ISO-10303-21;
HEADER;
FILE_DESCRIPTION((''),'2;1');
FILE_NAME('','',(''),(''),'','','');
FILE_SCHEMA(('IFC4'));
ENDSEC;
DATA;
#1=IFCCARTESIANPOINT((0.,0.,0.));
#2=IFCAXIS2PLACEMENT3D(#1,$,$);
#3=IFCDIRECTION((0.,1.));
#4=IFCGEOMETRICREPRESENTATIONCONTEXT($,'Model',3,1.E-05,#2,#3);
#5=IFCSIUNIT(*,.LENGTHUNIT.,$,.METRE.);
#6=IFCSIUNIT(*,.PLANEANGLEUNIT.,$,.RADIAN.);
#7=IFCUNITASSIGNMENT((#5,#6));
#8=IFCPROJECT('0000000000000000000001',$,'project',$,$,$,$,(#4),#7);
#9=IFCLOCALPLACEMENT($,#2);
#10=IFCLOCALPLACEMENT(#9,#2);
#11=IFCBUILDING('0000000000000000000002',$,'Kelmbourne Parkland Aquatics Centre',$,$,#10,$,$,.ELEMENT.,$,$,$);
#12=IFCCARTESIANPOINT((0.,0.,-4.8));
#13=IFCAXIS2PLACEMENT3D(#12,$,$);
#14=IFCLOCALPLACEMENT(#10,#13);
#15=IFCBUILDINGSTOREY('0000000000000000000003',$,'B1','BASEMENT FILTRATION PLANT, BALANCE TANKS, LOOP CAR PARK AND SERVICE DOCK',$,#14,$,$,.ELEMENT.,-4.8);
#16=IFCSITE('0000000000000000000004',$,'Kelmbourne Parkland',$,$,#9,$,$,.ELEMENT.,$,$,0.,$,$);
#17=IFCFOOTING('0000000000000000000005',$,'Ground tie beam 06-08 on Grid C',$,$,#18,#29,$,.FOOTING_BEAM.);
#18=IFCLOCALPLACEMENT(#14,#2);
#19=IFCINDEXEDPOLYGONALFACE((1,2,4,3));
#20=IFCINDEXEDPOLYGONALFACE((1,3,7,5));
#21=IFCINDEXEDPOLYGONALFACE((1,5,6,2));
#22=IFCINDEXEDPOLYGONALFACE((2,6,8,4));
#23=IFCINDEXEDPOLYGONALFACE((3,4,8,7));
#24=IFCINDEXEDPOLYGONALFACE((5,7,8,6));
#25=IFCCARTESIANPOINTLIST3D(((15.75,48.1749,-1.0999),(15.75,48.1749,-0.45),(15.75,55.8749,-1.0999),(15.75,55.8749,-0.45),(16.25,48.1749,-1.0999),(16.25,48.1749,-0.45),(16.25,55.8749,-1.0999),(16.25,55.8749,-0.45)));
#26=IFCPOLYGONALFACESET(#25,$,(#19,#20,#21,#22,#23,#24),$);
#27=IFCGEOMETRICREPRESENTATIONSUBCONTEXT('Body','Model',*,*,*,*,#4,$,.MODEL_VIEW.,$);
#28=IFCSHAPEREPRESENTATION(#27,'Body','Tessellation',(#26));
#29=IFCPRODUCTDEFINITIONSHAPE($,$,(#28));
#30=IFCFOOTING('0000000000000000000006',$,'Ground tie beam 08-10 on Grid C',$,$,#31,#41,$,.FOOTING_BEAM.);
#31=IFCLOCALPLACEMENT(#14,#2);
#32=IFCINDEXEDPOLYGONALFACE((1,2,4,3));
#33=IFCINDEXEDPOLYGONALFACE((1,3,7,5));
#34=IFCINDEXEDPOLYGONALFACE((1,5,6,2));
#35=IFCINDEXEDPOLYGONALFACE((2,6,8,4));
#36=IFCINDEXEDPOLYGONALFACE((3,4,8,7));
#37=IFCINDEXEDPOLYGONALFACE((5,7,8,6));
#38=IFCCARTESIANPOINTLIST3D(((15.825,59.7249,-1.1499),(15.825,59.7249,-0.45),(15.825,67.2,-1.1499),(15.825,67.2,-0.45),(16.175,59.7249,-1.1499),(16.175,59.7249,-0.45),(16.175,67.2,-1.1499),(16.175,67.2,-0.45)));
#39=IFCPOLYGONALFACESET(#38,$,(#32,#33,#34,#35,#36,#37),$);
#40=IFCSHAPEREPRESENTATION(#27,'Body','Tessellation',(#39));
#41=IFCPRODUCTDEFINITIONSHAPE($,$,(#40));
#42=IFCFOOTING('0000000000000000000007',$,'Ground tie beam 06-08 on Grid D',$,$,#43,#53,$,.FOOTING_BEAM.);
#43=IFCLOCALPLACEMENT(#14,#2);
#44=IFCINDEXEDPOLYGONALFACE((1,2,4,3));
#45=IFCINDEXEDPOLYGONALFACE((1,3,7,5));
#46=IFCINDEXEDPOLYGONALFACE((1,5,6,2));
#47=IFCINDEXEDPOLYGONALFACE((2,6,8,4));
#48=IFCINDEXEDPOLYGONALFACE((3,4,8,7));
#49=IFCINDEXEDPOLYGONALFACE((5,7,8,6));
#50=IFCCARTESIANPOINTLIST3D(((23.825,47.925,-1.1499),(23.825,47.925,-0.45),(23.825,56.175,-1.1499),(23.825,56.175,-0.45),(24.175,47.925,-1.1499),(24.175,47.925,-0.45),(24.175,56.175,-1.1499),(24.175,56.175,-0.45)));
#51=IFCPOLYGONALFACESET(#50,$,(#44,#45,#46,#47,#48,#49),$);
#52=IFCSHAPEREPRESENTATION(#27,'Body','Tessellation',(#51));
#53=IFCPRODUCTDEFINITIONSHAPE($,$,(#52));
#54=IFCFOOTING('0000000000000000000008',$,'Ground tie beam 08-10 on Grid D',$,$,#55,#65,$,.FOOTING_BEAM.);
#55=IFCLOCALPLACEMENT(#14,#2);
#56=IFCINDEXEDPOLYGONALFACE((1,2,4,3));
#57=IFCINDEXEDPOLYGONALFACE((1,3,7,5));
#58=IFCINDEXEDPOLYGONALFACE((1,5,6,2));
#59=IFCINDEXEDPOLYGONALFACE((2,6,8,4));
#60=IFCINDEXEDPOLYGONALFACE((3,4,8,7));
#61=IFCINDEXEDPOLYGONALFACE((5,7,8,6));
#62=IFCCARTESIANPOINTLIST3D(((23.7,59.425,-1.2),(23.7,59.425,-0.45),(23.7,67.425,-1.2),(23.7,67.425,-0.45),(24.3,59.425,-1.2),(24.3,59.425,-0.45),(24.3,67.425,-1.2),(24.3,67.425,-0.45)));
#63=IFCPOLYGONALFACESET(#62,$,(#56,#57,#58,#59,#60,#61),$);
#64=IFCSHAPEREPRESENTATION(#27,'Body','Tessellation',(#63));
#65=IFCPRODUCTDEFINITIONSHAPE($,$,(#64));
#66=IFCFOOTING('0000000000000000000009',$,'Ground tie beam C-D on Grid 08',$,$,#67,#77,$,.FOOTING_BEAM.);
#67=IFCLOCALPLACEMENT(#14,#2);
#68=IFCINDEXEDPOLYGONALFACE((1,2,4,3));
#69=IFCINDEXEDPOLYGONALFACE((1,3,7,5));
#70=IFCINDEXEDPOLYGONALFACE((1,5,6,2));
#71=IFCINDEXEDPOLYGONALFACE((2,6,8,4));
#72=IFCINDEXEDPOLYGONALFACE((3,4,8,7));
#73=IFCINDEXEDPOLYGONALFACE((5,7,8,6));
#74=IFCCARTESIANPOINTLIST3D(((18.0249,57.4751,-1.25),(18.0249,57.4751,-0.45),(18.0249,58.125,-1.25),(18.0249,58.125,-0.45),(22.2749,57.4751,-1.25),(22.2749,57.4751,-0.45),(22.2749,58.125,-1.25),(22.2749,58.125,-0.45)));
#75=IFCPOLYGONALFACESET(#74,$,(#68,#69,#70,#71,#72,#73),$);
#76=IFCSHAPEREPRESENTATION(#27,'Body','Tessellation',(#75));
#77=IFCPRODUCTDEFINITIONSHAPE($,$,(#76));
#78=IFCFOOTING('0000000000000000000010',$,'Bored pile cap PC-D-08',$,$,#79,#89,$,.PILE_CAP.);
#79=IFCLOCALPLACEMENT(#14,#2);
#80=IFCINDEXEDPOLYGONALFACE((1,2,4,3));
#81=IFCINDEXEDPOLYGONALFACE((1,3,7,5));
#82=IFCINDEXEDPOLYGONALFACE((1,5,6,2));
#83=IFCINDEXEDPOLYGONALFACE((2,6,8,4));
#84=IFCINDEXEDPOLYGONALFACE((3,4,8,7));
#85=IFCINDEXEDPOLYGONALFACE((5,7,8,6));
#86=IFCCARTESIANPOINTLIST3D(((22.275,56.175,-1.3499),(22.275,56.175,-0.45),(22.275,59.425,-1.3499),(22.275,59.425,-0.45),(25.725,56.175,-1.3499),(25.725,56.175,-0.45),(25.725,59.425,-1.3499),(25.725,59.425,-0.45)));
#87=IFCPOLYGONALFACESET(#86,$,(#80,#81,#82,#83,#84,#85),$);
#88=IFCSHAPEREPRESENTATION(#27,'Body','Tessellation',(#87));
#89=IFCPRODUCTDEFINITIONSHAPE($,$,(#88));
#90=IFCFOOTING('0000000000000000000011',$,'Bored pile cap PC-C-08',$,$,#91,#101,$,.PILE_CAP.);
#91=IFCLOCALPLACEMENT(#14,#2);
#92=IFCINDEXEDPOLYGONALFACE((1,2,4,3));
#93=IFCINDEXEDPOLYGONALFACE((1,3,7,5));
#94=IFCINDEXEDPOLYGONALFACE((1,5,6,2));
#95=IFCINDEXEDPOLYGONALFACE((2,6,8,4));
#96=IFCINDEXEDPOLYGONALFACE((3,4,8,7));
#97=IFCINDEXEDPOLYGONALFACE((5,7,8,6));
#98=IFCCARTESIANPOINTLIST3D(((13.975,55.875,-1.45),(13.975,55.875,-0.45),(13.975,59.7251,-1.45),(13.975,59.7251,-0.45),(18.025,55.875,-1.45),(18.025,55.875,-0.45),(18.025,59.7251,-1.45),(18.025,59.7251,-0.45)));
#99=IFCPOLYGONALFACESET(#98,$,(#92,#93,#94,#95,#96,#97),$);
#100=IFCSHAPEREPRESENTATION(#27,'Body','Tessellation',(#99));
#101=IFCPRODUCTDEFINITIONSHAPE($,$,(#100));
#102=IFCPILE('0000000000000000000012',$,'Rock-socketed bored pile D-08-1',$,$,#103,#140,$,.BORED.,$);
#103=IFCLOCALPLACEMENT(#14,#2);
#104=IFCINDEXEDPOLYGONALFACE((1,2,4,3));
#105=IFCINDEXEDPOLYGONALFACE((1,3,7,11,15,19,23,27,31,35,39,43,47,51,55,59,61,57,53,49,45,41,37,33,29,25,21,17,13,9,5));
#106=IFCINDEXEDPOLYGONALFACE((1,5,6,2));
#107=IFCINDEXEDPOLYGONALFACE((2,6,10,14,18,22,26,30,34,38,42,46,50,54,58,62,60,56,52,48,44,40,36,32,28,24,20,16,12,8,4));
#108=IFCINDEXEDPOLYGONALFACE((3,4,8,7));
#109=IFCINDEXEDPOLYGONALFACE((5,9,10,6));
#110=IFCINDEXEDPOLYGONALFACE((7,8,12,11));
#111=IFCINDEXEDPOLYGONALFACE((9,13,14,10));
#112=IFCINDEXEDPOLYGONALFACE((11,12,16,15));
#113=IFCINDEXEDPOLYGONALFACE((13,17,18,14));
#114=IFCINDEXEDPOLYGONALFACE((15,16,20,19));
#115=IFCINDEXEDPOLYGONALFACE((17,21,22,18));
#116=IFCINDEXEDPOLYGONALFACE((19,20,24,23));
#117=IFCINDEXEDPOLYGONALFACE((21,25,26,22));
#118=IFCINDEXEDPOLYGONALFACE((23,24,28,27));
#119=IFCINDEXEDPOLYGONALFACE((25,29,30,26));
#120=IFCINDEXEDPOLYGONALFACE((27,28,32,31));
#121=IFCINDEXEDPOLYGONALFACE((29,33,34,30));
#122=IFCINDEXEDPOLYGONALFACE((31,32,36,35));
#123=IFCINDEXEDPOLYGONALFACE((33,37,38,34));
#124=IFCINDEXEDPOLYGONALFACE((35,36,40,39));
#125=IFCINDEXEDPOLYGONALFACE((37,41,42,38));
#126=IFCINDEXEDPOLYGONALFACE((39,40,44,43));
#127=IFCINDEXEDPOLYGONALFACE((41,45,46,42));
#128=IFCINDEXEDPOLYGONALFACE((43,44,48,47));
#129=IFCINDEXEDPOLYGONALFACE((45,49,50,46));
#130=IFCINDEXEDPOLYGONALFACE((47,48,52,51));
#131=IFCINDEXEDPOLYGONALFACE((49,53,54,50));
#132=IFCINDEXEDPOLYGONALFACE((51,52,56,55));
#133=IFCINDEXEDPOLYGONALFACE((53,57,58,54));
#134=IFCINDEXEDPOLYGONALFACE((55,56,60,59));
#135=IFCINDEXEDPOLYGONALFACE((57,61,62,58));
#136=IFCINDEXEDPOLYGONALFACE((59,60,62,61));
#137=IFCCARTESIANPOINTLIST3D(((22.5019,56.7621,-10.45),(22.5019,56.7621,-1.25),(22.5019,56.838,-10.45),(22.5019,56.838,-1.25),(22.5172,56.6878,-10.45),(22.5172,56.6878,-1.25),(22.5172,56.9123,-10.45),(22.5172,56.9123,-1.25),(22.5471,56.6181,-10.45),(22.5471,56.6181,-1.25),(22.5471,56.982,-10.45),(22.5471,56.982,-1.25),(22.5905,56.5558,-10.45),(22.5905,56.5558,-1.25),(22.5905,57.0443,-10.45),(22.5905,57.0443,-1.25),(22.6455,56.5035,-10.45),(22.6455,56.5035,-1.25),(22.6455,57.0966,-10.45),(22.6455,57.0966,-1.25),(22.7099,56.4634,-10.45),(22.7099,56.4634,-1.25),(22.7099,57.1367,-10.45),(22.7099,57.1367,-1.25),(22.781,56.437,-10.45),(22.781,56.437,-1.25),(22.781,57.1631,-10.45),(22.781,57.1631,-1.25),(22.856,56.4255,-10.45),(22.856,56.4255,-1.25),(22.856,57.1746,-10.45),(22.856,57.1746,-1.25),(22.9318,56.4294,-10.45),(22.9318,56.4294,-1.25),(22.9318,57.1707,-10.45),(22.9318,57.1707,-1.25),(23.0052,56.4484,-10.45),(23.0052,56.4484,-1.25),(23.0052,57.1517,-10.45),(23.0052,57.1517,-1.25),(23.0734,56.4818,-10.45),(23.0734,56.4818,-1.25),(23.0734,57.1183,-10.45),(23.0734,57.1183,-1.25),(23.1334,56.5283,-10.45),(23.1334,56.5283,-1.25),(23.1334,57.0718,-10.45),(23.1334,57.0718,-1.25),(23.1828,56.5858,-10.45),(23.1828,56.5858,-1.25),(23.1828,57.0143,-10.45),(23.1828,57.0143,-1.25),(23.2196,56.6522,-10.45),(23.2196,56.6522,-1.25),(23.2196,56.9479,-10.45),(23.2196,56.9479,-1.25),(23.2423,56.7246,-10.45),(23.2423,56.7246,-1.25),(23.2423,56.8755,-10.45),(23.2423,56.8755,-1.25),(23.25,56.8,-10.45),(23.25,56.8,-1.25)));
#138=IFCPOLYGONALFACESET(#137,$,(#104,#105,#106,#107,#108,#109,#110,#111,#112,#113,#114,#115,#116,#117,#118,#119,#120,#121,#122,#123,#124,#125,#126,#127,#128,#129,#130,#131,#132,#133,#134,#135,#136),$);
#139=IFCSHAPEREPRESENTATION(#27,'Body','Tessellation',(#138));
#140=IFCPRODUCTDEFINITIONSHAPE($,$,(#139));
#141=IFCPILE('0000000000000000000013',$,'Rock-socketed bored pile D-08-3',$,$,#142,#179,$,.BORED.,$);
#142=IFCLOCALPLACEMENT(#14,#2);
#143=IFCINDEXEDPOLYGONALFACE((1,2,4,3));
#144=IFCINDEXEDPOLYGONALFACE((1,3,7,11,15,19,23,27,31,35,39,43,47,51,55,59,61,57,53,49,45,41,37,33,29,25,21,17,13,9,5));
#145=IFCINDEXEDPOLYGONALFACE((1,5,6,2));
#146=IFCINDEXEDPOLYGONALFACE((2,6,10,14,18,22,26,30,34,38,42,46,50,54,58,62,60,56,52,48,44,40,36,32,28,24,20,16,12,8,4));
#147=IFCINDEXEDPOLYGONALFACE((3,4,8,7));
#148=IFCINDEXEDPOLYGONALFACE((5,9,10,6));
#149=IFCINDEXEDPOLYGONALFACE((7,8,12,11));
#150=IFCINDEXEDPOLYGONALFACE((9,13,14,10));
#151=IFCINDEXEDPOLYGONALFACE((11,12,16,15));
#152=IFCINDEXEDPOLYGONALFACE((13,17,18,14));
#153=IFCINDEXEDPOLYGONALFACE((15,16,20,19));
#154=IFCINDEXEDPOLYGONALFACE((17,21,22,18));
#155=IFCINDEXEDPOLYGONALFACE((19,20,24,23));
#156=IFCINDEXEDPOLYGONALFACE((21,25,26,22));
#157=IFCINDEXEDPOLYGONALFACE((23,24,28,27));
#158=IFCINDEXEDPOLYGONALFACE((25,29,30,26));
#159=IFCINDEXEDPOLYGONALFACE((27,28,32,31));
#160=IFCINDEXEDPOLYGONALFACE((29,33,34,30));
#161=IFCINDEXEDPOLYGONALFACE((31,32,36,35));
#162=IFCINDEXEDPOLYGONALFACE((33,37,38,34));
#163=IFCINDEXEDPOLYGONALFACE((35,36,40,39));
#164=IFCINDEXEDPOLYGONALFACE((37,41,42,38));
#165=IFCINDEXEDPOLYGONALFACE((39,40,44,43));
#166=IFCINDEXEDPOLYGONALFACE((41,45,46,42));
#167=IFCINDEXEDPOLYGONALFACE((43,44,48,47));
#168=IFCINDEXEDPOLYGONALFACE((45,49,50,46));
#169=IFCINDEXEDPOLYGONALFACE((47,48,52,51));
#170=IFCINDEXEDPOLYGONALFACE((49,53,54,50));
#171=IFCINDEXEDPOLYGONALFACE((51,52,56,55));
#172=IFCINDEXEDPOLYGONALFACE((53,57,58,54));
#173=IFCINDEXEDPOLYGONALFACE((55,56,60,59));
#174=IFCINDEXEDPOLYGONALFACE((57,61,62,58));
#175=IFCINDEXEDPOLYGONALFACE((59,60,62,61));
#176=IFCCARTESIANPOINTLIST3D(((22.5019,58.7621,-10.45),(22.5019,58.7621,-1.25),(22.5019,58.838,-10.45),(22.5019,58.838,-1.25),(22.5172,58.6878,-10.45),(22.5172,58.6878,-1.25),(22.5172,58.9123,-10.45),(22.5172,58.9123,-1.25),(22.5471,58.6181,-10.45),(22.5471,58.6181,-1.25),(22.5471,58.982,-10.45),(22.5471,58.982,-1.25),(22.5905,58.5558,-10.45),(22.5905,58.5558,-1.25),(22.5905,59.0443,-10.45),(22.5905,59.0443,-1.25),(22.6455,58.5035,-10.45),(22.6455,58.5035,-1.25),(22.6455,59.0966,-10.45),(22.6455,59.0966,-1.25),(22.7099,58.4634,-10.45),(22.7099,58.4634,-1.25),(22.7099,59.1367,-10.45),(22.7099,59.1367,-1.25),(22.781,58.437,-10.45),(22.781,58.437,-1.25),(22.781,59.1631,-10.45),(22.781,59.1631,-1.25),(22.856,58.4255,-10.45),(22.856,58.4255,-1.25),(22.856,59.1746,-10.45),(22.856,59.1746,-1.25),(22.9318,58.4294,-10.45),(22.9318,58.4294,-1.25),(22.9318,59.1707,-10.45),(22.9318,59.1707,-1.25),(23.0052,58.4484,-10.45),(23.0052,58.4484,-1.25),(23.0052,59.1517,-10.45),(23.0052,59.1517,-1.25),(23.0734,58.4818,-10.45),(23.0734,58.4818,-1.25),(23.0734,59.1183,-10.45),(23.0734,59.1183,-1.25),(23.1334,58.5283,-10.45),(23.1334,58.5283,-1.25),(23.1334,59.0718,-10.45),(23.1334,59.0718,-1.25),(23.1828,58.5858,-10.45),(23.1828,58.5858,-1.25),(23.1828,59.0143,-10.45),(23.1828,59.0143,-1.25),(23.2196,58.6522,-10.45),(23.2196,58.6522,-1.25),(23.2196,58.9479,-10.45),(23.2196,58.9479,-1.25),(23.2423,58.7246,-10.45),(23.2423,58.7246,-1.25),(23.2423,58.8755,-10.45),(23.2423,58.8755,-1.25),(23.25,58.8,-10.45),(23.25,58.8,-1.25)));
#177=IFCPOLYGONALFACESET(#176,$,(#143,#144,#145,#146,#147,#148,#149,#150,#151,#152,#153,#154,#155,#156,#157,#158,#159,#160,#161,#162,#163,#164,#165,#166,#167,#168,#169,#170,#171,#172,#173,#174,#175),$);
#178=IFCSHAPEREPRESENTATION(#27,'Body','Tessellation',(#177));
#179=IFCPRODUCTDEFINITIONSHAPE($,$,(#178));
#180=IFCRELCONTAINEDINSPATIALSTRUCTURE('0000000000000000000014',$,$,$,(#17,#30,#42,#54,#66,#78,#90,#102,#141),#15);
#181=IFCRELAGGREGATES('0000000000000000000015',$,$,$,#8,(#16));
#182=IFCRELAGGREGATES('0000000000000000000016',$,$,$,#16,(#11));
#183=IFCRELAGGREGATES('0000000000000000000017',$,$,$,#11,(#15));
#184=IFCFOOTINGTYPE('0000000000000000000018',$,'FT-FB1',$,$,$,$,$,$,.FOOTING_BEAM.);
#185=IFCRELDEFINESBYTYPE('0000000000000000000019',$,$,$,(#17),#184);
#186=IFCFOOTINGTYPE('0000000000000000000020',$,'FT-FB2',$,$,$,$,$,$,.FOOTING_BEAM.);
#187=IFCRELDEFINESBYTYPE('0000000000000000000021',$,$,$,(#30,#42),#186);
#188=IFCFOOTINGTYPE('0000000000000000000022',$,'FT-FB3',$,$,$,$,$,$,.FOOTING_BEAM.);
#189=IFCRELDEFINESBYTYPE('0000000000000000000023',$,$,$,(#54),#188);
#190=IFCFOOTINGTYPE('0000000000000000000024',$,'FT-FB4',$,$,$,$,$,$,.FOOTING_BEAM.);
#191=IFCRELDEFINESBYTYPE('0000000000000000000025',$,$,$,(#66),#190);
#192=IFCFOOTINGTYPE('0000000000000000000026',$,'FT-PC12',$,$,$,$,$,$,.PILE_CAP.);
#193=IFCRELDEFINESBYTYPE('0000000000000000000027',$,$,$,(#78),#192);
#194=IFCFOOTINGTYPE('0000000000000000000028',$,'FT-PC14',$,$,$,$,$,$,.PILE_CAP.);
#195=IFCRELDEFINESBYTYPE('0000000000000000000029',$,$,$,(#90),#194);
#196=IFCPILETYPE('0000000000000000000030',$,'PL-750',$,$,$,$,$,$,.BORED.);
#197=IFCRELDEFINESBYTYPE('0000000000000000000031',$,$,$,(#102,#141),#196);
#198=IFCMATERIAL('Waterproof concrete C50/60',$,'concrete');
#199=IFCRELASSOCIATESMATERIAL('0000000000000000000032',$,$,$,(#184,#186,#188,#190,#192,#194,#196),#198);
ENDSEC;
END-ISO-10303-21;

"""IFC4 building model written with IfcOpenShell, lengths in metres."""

from ifc_helpers import new_model, si_unit, direction, frame, origin, origin_2d, place, context, subcontext, project, spatial, rectangle, circle, extrude, material, material_profile, profile_set, type_object, element, save


model = new_model("IFC4")

# Units and contexts
model_context = context("Model", 3, precision=1e-05, world=origin(), true_north=direction((0.0, 1.0)))
body_context = subcontext(model_context, "Body", "Model", "MODEL_VIEW")
ifc_project = project(units=[si_unit("LENGTHUNIT", "METRE"), si_unit("PLANEANGLEUNIT", "RADIAN")], contexts=[model_context])

# Site, building, storey
site_placement = place(None, origin())
site = spatial("IfcSite", under=ifc_project, at=site_placement, Name="Kelmbourne Parkland", CompositionType="ELEMENT", RefElevation=0.0)
building_placement = place(site_placement, origin())
building = spatial("IfcBuilding", under=site, at=building_placement, Name="Kelmbourne Parkland Aquatics Centre", CompositionType="ELEMENT")
storey_placement = place(building_placement, frame((0.0, 0.0, -4.8)))
storey = spatial("IfcBuildingStorey", under=building, at=storey_placement, Name="B1", Description="BASEMENT FILTRATION PLANT, BALANCE TANKS, LOOP CAR PARK AND SERVICE DOCK", CompositionType="ELEMENT", Elevation=-4.8)

# Footings
ifc_material_1 = material(Name="Waterproof concrete C50/60", Category="concrete")
footing_type_1 = type_object("IfcFootingType", Name="FT-FB1", PredefinedType="FOOTING_BEAM", material=ifc_material_1)
footing_1_placement = place(storey_placement, frame((16.0, 52.0249, -1.0999), z_axis=(0.0, 0.0, 1.0), x_axis=(0.0, 1.0, 0.0)))
element("IfcFooting", 1, at=footing_1_placement, inside=storey, type_object=footing_type_1, Name="Ground tie beam 06-08 on Grid C", PredefinedType="FOOTING_BEAM", context=body_context, shape_type="SweptSolid", body=[
    extrude(rectangle(XDim=7.7, YDim=0.5, at=origin_2d()), origin(), (0.0, 0.0, 1.0), 0.6499),
])
footing_type_2 = type_object("IfcFootingType", Name="FT-FB2", PredefinedType="FOOTING_BEAM", material=ifc_material_1)
footing_2_placement = place(storey_placement, frame((16.0, 63.4624, -1.1499), z_axis=(0.0, 0.0, 1.0), x_axis=(0.0, 1.0, 0.0)))
element("IfcFooting", 2, at=footing_2_placement, inside=storey, type_object=footing_type_2, Name="Ground tie beam 08-10 on Grid C", PredefinedType="FOOTING_BEAM", context=body_context, shape_type="SweptSolid", body=[
    extrude(rectangle(XDim=7.4751, YDim=0.3501, at=origin_2d()), origin(), (0.0, 0.0, 1.0), 0.7),
])
footing_3_placement = place(storey_placement, frame((24.0, 52.05, -1.1499), z_axis=(0.0, 0.0, 1.0), x_axis=(0.0, 1.0, 0.0)))
element("IfcFooting", 3, at=footing_3_placement, inside=storey, type_object=footing_type_2, Name="Ground tie beam 06-08 on Grid D", PredefinedType="FOOTING_BEAM", context=body_context, shape_type="SweptSolid", body=[
    extrude(rectangle(XDim=8.25, YDim=0.3501, at=origin_2d()), origin(), (0.0, 0.0, 1.0), 0.7),
])
footing_type_3 = type_object("IfcFootingType", Name="FT-FB3", PredefinedType="FOOTING_BEAM", material=ifc_material_1)
footing_4_placement = place(storey_placement, frame((24.0, 63.425, -1.2), z_axis=(0.0, 0.0, 1.0), x_axis=(0.0, 1.0, 0.0)))
element("IfcFooting", 4, at=footing_4_placement, inside=storey, type_object=footing_type_3, Name="Ground tie beam 08-10 on Grid D", PredefinedType="FOOTING_BEAM", context=body_context, shape_type="SweptSolid", body=[
    extrude(rectangle(XDim=8.0, YDim=0.6001, at=origin_2d()), origin(), (0.0, 0.0, 1.0), 0.75),
])
footing_type_4 = type_object("IfcFootingType", Name="FT-FB4", PredefinedType="FOOTING_BEAM", material=ifc_material_1)
footing_5_placement = place(storey_placement, frame((20.1499, 57.8, -1.25), z_axis=(0.0, 0.0, 1.0), x_axis=(1.0, 0.0, 0.0)))
element("IfcFooting", 5, at=footing_5_placement, inside=storey, type_object=footing_type_4, Name="Ground tie beam C-D on Grid 08", PredefinedType="FOOTING_BEAM", context=body_context, shape_type="SweptSolid", body=[
    extrude(rectangle(XDim=4.25, YDim=0.6499, at=origin_2d()), origin(), (0.0, 0.0, 1.0), 0.8),
])
footing_type_5 = type_object("IfcFootingType", Name="FT-PC12", PredefinedType="PILE_CAP", material=ifc_material_1)
footing_6_placement = place(storey_placement, frame((24.0, 57.8, -1.3499), z_axis=(0.0, 0.0, 1.0), x_axis=(1.0, 0.0, 0.0)))
element("IfcFooting", 6, at=footing_6_placement, inside=storey, type_object=footing_type_5, Name="Bored pile cap PC-D-08", PredefinedType="PILE_CAP", context=body_context, shape_type="SweptSolid", body=[
    extrude(rectangle(XDim=3.45, YDim=3.25, at=origin_2d()), origin(), (0.0, 0.0, 1.0), 0.8999),
])
footing_type_6 = type_object("IfcFootingType", Name="FT-PC14", PredefinedType="PILE_CAP", material=ifc_material_1)
footing_7_placement = place(storey_placement, frame((16.0, 57.8, -1.45), z_axis=(0.0, 0.0, 1.0), x_axis=(1.0, 0.0, 0.0)))
element("IfcFooting", 7, at=footing_7_placement, inside=storey, type_object=footing_type_6, Name="Bored pile cap PC-C-08", PredefinedType="PILE_CAP", context=body_context, shape_type="SweptSolid", body=[
    extrude(rectangle(XDim=4.05, YDim=3.8501, at=origin_2d()), origin(), (0.0, 0.0, 1.0), 1.0),
])

# Piles
ifc_material_profile_1 = material_profile(ifc_material_1, circle(Radius=0.375, at=origin_2d()), Name="PILE D750")
ifc_profile_set_1 = profile_set([ifc_material_profile_1], Name="Waterproof concrete C50/60")
pile_type_1 = type_object("IfcPileType", Name="PL-750", PredefinedType="BORED", material=ifc_profile_set_1)
for number, where, z_axis, x_axis, name in (
    (8, (22.875, 56.8, -1.25), (0.0, 0.0, -1.0), (1.0, 0.0, 0.0), "Rock-socketed bored pile D-08-1"),
    (9, (22.875, 58.8, -1.25), (0.0, 0.0, -1.0), (1.0, 0.0, 0.0), "Rock-socketed bored pile D-08-3"),
):
    element("IfcPile", number, at=place(storey_placement, frame(where, z_axis=z_axis, x_axis=x_axis)), inside=storey, type_object=pile_type_1, Name=name, PredefinedType="BORED", context=body_context, shape_type="SweptSolid", body=[
        extrude(circle(Radius=0.375, at=origin_2d()), origin(), (0.0, 0.0, 1.0), 9.2),
    ])

save(model, "model.ifc")
